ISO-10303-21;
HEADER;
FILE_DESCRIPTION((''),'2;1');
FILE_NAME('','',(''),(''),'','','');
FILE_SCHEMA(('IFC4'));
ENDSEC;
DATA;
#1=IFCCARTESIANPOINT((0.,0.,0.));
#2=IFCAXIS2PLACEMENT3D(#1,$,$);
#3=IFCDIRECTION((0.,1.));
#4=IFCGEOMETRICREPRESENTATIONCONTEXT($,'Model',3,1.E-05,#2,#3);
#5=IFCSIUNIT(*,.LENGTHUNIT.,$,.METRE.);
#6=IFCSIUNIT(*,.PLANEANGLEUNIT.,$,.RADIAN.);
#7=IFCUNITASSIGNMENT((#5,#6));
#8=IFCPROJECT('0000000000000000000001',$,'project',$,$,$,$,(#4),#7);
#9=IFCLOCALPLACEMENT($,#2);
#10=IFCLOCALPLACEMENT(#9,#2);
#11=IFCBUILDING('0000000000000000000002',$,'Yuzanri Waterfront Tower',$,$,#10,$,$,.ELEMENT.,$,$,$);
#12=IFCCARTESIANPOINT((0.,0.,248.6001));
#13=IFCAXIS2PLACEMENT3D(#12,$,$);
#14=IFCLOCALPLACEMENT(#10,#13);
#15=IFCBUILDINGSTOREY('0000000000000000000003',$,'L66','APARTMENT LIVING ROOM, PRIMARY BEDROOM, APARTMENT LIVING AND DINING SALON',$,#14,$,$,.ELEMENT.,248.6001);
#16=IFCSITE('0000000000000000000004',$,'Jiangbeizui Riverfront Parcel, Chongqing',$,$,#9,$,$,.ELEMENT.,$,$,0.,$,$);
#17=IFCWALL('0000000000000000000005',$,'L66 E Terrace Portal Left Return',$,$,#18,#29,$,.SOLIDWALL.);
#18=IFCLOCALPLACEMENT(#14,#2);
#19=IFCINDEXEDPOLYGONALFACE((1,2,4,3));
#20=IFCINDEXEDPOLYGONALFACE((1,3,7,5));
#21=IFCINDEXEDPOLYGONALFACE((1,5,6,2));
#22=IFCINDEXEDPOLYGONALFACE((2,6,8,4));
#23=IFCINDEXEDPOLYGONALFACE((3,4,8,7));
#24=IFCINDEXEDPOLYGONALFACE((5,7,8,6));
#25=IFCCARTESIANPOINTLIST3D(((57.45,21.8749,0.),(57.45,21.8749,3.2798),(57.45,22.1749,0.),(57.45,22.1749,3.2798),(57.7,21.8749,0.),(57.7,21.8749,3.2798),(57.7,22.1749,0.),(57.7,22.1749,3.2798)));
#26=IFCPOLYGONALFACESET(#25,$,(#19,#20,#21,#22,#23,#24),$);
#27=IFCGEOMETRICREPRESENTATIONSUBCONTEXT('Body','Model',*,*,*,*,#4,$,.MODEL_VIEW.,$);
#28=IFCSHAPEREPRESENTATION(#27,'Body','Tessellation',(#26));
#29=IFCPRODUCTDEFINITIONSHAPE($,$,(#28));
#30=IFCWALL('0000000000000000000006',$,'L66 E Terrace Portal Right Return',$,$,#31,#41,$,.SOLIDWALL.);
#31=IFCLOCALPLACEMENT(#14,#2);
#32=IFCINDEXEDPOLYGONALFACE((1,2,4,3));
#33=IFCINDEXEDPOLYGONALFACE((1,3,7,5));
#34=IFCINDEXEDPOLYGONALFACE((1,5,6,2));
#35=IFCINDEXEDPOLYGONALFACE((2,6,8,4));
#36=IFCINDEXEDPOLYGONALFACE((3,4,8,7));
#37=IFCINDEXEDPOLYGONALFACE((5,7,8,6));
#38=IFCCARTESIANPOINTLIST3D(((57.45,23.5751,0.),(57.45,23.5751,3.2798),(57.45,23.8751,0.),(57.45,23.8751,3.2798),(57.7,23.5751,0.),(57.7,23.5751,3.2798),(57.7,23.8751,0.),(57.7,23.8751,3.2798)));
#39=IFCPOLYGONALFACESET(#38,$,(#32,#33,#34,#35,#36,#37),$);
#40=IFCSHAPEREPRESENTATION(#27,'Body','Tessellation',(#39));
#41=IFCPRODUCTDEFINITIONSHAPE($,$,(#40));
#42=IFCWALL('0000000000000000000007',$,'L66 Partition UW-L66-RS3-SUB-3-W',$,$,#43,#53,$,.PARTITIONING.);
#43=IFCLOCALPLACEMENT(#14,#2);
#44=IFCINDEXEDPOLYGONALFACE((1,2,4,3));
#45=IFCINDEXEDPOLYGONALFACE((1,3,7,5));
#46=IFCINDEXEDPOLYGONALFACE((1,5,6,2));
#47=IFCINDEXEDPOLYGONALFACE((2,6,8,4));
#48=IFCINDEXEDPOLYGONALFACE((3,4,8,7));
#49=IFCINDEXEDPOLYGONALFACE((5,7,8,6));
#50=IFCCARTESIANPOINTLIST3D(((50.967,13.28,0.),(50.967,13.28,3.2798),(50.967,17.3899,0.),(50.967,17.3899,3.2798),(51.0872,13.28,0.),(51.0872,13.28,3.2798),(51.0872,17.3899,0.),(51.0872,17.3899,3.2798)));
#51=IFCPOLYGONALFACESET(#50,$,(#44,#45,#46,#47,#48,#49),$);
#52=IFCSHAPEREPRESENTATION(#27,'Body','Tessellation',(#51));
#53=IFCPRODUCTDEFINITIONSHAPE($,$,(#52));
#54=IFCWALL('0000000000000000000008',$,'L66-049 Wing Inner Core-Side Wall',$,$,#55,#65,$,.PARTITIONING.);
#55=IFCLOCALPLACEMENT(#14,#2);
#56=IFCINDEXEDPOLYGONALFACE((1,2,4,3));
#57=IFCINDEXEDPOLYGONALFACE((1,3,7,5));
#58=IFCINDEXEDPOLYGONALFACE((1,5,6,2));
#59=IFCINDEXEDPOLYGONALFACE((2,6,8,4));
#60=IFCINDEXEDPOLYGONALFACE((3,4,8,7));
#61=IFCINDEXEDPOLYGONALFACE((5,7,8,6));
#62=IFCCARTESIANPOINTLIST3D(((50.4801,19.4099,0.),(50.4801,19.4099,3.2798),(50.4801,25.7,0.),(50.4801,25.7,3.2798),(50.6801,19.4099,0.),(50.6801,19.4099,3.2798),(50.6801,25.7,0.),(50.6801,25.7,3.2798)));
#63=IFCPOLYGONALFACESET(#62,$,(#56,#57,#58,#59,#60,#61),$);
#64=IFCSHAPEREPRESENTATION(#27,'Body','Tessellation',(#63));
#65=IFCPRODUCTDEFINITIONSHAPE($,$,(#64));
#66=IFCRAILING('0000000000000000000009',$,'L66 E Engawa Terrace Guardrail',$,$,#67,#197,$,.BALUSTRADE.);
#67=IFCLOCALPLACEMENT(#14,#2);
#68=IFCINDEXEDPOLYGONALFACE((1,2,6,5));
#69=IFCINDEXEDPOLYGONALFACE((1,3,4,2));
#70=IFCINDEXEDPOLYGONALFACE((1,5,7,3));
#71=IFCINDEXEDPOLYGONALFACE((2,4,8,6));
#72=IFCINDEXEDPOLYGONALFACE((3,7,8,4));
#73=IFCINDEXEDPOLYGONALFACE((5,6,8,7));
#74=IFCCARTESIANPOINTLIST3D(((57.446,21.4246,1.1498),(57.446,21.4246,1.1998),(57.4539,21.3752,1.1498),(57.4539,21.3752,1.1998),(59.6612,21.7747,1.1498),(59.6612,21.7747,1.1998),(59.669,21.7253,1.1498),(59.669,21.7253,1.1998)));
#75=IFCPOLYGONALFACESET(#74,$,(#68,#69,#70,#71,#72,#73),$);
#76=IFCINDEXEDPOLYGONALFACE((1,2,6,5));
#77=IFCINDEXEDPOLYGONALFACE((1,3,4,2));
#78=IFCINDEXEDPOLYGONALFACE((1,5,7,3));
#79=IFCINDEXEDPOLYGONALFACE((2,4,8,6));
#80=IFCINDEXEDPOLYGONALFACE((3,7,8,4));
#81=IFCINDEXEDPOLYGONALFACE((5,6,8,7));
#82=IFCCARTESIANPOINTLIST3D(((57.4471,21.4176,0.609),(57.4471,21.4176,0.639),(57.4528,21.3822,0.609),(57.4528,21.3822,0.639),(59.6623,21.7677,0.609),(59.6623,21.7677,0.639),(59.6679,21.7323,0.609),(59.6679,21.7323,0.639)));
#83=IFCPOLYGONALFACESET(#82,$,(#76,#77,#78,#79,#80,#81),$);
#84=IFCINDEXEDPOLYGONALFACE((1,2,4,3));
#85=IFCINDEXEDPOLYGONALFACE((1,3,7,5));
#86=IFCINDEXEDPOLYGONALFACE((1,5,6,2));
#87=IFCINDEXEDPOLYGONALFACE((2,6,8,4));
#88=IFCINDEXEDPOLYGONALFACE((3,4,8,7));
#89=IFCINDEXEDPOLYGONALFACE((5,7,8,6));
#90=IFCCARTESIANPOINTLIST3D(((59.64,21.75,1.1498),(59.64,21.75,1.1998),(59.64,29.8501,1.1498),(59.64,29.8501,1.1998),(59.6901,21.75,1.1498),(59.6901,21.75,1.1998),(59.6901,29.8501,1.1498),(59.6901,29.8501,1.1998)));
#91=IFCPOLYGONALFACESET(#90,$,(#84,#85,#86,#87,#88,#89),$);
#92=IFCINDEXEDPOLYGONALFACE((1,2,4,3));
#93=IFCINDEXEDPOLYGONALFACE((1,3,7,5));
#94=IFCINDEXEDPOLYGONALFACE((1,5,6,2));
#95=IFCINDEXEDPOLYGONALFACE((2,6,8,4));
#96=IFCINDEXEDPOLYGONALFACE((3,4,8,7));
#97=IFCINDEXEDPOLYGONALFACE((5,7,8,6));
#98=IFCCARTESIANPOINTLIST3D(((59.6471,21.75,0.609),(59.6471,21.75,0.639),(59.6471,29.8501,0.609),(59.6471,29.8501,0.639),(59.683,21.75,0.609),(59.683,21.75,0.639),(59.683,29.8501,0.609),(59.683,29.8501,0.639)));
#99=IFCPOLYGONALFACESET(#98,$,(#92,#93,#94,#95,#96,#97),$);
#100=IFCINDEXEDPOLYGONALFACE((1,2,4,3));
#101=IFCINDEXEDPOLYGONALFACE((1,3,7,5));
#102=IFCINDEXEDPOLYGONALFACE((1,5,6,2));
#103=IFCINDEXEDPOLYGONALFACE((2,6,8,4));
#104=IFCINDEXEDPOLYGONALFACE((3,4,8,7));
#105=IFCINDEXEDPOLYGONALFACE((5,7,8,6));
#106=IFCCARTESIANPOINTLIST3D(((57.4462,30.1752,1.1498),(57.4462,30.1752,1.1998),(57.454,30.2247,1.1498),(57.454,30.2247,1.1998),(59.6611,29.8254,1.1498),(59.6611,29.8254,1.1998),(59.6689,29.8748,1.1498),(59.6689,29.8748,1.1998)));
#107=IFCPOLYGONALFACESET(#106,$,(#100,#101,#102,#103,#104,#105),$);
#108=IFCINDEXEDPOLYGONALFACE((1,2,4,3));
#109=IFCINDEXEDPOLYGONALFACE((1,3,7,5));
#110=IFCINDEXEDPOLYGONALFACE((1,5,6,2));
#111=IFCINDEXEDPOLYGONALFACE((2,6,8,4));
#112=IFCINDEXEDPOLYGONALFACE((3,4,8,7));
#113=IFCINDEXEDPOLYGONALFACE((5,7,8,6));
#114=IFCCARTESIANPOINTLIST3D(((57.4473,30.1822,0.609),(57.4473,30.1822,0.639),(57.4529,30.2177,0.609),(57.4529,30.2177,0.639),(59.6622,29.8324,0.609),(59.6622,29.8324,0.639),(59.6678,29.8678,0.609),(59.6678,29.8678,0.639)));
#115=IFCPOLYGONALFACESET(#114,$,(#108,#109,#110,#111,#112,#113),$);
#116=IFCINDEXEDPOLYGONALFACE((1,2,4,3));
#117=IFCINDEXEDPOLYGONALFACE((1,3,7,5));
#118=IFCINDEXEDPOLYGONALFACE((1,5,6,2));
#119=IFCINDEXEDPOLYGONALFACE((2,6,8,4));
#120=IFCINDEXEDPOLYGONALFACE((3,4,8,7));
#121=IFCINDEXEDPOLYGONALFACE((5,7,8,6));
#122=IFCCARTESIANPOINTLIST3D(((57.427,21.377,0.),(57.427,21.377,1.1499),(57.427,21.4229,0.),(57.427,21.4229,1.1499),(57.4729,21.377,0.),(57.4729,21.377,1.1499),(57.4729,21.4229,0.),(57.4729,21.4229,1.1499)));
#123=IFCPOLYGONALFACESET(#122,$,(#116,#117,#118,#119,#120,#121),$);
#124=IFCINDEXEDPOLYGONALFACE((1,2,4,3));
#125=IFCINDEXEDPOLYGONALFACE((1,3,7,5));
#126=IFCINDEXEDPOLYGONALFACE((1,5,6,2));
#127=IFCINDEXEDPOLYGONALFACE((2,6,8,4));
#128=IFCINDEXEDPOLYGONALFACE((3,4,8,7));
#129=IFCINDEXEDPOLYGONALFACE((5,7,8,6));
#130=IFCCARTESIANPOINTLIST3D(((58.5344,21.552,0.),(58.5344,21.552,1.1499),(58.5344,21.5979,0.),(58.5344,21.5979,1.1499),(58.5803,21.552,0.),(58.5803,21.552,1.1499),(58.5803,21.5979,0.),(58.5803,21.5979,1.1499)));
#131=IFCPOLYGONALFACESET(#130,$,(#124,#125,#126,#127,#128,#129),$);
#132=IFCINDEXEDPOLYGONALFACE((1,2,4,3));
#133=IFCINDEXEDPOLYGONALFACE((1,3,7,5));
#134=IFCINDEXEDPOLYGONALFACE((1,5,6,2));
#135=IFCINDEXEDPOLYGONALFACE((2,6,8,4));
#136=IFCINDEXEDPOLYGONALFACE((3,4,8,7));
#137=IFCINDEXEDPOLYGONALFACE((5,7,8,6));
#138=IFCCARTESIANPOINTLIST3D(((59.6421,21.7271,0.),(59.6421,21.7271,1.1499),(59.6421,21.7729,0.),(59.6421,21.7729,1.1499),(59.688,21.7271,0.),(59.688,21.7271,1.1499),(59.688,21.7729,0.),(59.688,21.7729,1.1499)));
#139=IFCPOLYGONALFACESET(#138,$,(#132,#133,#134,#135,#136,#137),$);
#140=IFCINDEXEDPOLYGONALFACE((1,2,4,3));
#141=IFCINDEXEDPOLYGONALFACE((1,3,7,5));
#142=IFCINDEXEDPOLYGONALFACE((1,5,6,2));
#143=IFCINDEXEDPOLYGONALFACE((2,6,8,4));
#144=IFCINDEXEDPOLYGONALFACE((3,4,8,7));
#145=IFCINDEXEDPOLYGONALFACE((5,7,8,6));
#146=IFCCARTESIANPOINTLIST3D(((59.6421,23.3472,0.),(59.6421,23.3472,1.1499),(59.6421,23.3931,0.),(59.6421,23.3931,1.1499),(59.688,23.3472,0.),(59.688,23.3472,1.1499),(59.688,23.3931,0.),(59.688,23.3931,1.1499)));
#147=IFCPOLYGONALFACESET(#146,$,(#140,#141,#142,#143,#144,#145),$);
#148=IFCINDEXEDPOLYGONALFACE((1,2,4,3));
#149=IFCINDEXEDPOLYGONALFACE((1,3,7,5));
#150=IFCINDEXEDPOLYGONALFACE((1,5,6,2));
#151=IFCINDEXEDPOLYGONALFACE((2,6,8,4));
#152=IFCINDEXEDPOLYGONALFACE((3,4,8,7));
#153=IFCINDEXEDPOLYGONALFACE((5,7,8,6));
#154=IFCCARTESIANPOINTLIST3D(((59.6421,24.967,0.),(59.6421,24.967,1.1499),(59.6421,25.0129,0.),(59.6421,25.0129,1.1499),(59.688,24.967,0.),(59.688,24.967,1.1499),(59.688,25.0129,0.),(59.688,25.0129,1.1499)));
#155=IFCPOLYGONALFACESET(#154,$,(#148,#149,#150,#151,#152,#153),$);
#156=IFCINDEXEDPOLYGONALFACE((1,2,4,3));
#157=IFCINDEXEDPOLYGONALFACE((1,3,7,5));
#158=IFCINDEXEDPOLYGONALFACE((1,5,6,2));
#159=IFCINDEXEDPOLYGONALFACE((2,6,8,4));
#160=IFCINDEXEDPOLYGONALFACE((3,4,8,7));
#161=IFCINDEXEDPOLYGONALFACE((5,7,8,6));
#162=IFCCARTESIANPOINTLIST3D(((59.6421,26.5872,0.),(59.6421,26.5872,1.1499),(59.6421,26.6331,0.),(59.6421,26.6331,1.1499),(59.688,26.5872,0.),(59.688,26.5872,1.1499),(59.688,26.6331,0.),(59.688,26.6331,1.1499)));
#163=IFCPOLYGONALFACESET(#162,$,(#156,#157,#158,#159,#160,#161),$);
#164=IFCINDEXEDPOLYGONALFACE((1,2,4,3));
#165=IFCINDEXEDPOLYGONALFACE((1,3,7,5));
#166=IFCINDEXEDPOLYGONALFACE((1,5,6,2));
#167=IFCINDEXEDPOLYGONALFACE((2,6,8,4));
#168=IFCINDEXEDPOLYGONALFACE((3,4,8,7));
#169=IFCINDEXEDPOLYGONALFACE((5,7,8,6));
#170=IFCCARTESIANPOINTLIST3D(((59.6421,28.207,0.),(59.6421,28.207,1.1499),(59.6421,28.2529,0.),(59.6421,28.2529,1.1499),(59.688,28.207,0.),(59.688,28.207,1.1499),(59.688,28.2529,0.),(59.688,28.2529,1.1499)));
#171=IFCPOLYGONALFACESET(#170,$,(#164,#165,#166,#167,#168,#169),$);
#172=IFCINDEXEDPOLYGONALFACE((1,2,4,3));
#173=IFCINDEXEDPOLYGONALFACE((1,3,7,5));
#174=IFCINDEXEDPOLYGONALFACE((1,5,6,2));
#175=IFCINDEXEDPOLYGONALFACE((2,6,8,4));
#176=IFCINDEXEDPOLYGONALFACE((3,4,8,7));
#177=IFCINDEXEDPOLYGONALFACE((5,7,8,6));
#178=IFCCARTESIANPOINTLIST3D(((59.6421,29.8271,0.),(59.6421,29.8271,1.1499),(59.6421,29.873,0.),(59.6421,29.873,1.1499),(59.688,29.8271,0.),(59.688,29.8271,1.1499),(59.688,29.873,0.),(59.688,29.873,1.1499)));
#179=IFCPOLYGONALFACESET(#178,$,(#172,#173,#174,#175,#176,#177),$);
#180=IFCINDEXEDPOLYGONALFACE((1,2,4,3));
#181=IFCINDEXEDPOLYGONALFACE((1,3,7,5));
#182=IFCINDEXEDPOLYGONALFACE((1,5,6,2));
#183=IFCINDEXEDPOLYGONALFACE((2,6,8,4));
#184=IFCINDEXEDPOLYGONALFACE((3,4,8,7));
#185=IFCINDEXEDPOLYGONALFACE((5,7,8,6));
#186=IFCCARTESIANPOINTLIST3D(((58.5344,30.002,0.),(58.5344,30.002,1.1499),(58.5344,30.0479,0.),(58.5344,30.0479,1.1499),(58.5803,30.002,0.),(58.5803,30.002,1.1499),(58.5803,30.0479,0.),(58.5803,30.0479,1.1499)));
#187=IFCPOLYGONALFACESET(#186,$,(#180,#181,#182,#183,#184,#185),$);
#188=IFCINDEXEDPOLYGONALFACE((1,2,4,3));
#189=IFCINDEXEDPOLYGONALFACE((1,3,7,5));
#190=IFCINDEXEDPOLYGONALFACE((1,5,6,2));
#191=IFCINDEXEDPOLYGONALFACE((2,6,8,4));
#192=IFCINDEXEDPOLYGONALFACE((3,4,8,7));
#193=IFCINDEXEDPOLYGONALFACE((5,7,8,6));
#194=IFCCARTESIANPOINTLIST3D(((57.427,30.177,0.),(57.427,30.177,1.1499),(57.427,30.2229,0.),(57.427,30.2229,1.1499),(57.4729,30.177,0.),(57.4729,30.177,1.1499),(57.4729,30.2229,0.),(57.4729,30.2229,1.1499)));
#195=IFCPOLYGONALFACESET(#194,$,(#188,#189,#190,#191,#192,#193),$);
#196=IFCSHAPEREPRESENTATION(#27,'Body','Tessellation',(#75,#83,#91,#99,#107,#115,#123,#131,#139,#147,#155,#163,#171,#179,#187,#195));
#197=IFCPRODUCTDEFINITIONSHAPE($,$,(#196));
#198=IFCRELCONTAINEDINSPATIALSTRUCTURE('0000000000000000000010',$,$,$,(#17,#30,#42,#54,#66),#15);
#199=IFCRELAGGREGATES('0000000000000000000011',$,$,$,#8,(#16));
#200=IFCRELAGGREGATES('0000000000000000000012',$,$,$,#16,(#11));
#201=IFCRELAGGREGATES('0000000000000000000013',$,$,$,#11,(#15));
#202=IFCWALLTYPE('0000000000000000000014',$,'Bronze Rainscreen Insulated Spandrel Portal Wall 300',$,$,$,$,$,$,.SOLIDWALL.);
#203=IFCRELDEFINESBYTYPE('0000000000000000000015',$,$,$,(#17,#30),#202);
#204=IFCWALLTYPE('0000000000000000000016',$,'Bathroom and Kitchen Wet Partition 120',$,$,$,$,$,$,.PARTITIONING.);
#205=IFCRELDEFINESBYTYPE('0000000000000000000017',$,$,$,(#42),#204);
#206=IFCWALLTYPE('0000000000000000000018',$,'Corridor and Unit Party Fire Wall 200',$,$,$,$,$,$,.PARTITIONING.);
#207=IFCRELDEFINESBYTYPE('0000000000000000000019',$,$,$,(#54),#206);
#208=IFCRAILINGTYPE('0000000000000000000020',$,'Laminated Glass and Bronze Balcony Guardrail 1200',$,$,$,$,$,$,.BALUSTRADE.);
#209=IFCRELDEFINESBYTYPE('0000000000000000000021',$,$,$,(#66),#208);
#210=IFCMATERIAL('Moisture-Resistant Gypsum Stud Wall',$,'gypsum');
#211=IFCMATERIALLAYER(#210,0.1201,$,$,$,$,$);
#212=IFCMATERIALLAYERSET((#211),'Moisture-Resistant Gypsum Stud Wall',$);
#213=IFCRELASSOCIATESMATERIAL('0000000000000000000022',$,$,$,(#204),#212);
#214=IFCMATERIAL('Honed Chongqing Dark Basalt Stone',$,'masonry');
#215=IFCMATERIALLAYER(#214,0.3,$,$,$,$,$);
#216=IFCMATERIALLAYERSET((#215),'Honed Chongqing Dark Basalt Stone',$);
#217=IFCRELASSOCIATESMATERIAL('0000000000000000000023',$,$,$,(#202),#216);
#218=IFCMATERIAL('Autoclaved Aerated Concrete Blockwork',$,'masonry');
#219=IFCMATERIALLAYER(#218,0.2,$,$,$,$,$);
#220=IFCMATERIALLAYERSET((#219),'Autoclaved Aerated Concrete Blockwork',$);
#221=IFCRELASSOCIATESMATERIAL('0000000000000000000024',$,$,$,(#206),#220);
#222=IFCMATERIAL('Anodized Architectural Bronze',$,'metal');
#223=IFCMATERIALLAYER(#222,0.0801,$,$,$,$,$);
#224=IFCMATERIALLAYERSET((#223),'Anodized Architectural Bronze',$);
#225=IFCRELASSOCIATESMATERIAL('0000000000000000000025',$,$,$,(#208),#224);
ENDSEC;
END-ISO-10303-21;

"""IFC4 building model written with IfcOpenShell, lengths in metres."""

from ifc_helpers import new_model, si_unit, direction, frame, frame_2d, origin, origin_2d, place, context, subcontext, project, spatial, rectangle, extrude, source, transform, mapped, material, layer, layer_set, type_object, element, save


model = new_model("IFC4")

# Units and contexts
model_context = context("Model", 3, precision=1e-05, world=origin(), true_north=direction((0.0, 1.0)))
body_context = subcontext(model_context, "Body", "Model", "MODEL_VIEW")
ifc_project = project(units=[si_unit("LENGTHUNIT", "METRE"), si_unit("PLANEANGLEUNIT", "RADIAN")], contexts=[model_context])

# Site, building, storey
site_placement = place(None, origin())
site = spatial("IfcSite", under=ifc_project, at=site_placement, Name="Jiangbeizui Riverfront Parcel, Chongqing", CompositionType="ELEMENT", RefElevation=0.0)
building_placement = place(site_placement, origin())
building = spatial("IfcBuilding", under=site, at=building_placement, Name="Yuzanri Waterfront Tower", CompositionType="ELEMENT")
storey_placement = place(building_placement, frame((0.0, 0.0, 248.6001)))
storey = spatial("IfcBuildingStorey", under=building, at=storey_placement, Name="L66", Description="APARTMENT LIVING ROOM, PRIMARY BEDROOM, APARTMENT LIVING AND DINING SALON", CompositionType="ELEMENT", Elevation=248.6001)

# Shared definitions
ifc_material_1 = material(Name="Moisture-Resistant Gypsum Stud Wall", Category="gypsum")
ifc_layer_1 = layer(ifc_material_1, 0.1201)
ifc_layer_set_1 = layer_set([ifc_layer_1], Name="Moisture-Resistant Gypsum Stud Wall")
wall_type_1 = type_object("IfcWallType", Name="Bathroom and Kitchen Wet Partition 120", PredefinedType="PARTITIONING", material=ifc_layer_set_1)
ifc_material_2 = material(Name="Honed Chongqing Dark Basalt Stone", Category="masonry")
ifc_layer_2 = layer(ifc_material_2, 0.3)
ifc_layer_set_2 = layer_set([ifc_layer_2], Name="Honed Chongqing Dark Basalt Stone")
wall_type_2 = type_object("IfcWallType", Name="Bronze Rainscreen Insulated Spandrel Portal Wall 300", PredefinedType="SOLIDWALL", material=ifc_layer_set_2)
ifc_material_3 = material(Name="Autoclaved Aerated Concrete Blockwork", Category="masonry")
ifc_layer_3 = layer(ifc_material_3, 0.2)
ifc_layer_set_3 = layer_set([ifc_layer_3], Name="Autoclaved Aerated Concrete Blockwork")
wall_type_3 = type_object("IfcWallType", Name="Corridor and Unit Party Fire Wall 200", PredefinedType="PARTITIONING", material=ifc_layer_set_3)

# Walls
shared_shape_1 = source(origin(), body_context, "Body", "SweptSolid", [
    extrude(rectangle(XDim=0.25, YDim=0.3, at=frame_2d((0.125, 0.0))), origin(), (0.0, 0.0, 1.0), 3.2798),
])
for number, where, z_axis, x_axis, name in (
    (1, (57.45, 22.0249, 0.0), (0.0, 0.0, 1.0), (1.0, 0.0, 0.0), "L66 E Terrace Portal Left Return"),
    (2, (57.7, 23.7251, 0.0), (0.0, 0.0, 1.0), (-1.0, 0.0, 0.0), "L66 E Terrace Portal Right Return"),
):
    element("IfcWall", number, at=place(storey_placement, frame(where, z_axis=z_axis, x_axis=x_axis)), inside=storey, type_object=wall_type_2, Name=name, PredefinedType="SOLIDWALL", context=body_context, shape_type="MappedRepresentation", body=[
        mapped(shared_shape_1, transform((0.0, 0.0, 0.0), scale=1.0)),
    ])
shared_shape_2 = source(origin(), body_context, "Body", "SweptSolid", [
    extrude(rectangle(XDim=4.1099, YDim=0.1201, at=frame_2d((2.0549, 0.0))), origin(), (0.0, 0.0, 1.0), 3.2798),
])
wall_1_placement = place(storey_placement, frame((51.0271, 13.28, 0.0), z_axis=(0.0, 0.0, 1.0), x_axis=(0.0, 1.0, 0.0)))
element("IfcWall", 3, at=wall_1_placement, inside=storey, type_object=wall_type_1, Name="L66 Partition UW-L66-RS3-SUB-3-W", PredefinedType="PARTITIONING", context=body_context, shape_type="MappedRepresentation", body=[
    mapped(shared_shape_2, transform((0.0, 0.0, 0.0), scale=1.0)),
])
shared_shape_3 = source(origin(), body_context, "Body", "SweptSolid", [
    extrude(rectangle(XDim=6.29, YDim=0.2, at=frame_2d((3.145, 0.0))), origin(), (0.0, 0.0, 1.0), 3.2798),
])
wall_2_placement = place(storey_placement, frame((50.5801, 19.4099, 0.0), z_axis=(0.0, 0.0, 1.0), x_axis=(0.0, 1.0, 0.0)))
element("IfcWall", 4, at=wall_2_placement, inside=storey, type_object=wall_type_3, Name="L66-049 Wing Inner Core-Side Wall", PredefinedType="PARTITIONING", context=body_context, shape_type="MappedRepresentation", body=[
    mapped(shared_shape_3, transform((0.0, 0.0, 0.0), scale=1.0)),
])

# Railing
ifc_material_4 = material(Name="Anodized Architectural Bronze", Category="metal")
ifc_layer_4 = layer(ifc_material_4, 0.0801)
ifc_layer_set_4 = layer_set([ifc_layer_4], Name="Anodized Architectural Bronze")
railing_type = type_object("IfcRailingType", Name="Laminated Glass and Bronze Balcony Guardrail 1200", PredefinedType="BALUSTRADE", material=ifc_layer_set_4)
shared_shape_4 = source(origin(), body_context, "Body", "SweptSolid", [
    extrude(rectangle(XDim=0.05, YDim=0.05, at=origin_2d()), frame((0.0, 0.0, 1.1748), z_axis=(0.987739, 0.156114, 0.0), x_axis=(-0.156114, 0.987739, 0.0)), (0.0, 0.0, 1.0), 2.2427),
    extrude(rectangle(XDim=0.0359, YDim=0.03, at=origin_2d()), frame((0.0, 0.0, 0.624), z_axis=(0.987739, 0.156114, 0.0), x_axis=(-0.156114, 0.987739, 0.0)), (0.0, 0.0, 1.0), 2.2427),
    extrude(rectangle(XDim=0.05, YDim=0.05, at=origin_2d()), frame((2.2151, 0.3501, 1.1748), z_axis=(0.0, 1.0, 0.0), x_axis=(-1.0, 0.0, 0.0)), (0.0, 0.0, 1.0), 8.1001),
    extrude(rectangle(XDim=0.0359, YDim=0.03, at=origin_2d()), frame((2.2151, 0.3501, 0.624), z_axis=(0.0, 1.0, 0.0), x_axis=(-1.0, 0.0, 0.0)), (0.0, 0.0, 1.0), 8.1001),
    extrude(rectangle(XDim=0.05, YDim=0.05, at=origin_2d()), frame((2.2151, 8.4502, 1.1748), z_axis=(-0.987756, 0.156007, 0.0), x_axis=(-0.156007, -0.987756, 0.0)), (0.0, 0.0, 1.0), 2.2424),
    extrude(rectangle(XDim=0.0359, YDim=0.03, at=origin_2d()), frame((2.2151, 8.4502, 0.624), z_axis=(-0.987756, 0.156007, 0.0), x_axis=(-0.156007, -0.987756, 0.0)), (0.0, 0.0, 1.0), 2.2424),
    extrude(rectangle(XDim=0.0459, YDim=0.0459, at=origin_2d()), origin(), (0.0, 0.0, 1.0), 1.1499),
    extrude(rectangle(XDim=0.0459, YDim=0.0459, at=origin_2d()), frame((1.1074, 0.175, 0.0)), (0.0, 0.0, 1.0), 1.1499),
    extrude(rectangle(XDim=0.0459, YDim=0.0459, at=origin_2d()), frame((2.2151, 0.3501, 0.0)), (0.0, 0.0, 1.0), 1.1499),
    extrude(rectangle(XDim=0.0459, YDim=0.0459, at=origin_2d()), frame((2.2151, 1.9702, 0.0)), (0.0, 0.0, 1.0), 1.1499),
    extrude(rectangle(XDim=0.0459, YDim=0.0459, at=origin_2d()), frame((2.2151, 3.5901, 0.0)), (0.0, 0.0, 1.0), 1.1499),
    extrude(rectangle(XDim=0.0459, YDim=0.0459, at=origin_2d()), frame((2.2151, 5.2102, 0.0)), (0.0, 0.0, 1.0), 1.1499),
    extrude(rectangle(XDim=0.0459, YDim=0.0459, at=origin_2d()), frame((2.2151, 6.8301, 0.0)), (0.0, 0.0, 1.0), 1.1499),
    extrude(rectangle(XDim=0.0459, YDim=0.0459, at=origin_2d()), frame((2.2151, 8.4502, 0.0)), (0.0, 0.0, 1.0), 1.1499),
    extrude(rectangle(XDim=0.0459, YDim=0.0459, at=origin_2d()), frame((1.1074, 8.625, 0.0)), (0.0, 0.0, 1.0), 1.1499),
    extrude(rectangle(XDim=0.0459, YDim=0.0459, at=origin_2d()), frame((0.0, 8.8, 0.0)), (0.0, 0.0, 1.0), 1.1499),
])
railing_placement = place(storey_placement, frame((57.45, 21.3999, 0.0)))
element("IfcRailing", 5, at=railing_placement, inside=storey, type_object=railing_type, Name="L66 E Engawa Terrace Guardrail", PredefinedType="BALUSTRADE", context=body_context, shape_type="MappedRepresentation", body=[
    mapped(shared_shape_4, transform((0.0, 0.0, 0.0), scale=1.0)),
])

save(model, "model.ifc")
